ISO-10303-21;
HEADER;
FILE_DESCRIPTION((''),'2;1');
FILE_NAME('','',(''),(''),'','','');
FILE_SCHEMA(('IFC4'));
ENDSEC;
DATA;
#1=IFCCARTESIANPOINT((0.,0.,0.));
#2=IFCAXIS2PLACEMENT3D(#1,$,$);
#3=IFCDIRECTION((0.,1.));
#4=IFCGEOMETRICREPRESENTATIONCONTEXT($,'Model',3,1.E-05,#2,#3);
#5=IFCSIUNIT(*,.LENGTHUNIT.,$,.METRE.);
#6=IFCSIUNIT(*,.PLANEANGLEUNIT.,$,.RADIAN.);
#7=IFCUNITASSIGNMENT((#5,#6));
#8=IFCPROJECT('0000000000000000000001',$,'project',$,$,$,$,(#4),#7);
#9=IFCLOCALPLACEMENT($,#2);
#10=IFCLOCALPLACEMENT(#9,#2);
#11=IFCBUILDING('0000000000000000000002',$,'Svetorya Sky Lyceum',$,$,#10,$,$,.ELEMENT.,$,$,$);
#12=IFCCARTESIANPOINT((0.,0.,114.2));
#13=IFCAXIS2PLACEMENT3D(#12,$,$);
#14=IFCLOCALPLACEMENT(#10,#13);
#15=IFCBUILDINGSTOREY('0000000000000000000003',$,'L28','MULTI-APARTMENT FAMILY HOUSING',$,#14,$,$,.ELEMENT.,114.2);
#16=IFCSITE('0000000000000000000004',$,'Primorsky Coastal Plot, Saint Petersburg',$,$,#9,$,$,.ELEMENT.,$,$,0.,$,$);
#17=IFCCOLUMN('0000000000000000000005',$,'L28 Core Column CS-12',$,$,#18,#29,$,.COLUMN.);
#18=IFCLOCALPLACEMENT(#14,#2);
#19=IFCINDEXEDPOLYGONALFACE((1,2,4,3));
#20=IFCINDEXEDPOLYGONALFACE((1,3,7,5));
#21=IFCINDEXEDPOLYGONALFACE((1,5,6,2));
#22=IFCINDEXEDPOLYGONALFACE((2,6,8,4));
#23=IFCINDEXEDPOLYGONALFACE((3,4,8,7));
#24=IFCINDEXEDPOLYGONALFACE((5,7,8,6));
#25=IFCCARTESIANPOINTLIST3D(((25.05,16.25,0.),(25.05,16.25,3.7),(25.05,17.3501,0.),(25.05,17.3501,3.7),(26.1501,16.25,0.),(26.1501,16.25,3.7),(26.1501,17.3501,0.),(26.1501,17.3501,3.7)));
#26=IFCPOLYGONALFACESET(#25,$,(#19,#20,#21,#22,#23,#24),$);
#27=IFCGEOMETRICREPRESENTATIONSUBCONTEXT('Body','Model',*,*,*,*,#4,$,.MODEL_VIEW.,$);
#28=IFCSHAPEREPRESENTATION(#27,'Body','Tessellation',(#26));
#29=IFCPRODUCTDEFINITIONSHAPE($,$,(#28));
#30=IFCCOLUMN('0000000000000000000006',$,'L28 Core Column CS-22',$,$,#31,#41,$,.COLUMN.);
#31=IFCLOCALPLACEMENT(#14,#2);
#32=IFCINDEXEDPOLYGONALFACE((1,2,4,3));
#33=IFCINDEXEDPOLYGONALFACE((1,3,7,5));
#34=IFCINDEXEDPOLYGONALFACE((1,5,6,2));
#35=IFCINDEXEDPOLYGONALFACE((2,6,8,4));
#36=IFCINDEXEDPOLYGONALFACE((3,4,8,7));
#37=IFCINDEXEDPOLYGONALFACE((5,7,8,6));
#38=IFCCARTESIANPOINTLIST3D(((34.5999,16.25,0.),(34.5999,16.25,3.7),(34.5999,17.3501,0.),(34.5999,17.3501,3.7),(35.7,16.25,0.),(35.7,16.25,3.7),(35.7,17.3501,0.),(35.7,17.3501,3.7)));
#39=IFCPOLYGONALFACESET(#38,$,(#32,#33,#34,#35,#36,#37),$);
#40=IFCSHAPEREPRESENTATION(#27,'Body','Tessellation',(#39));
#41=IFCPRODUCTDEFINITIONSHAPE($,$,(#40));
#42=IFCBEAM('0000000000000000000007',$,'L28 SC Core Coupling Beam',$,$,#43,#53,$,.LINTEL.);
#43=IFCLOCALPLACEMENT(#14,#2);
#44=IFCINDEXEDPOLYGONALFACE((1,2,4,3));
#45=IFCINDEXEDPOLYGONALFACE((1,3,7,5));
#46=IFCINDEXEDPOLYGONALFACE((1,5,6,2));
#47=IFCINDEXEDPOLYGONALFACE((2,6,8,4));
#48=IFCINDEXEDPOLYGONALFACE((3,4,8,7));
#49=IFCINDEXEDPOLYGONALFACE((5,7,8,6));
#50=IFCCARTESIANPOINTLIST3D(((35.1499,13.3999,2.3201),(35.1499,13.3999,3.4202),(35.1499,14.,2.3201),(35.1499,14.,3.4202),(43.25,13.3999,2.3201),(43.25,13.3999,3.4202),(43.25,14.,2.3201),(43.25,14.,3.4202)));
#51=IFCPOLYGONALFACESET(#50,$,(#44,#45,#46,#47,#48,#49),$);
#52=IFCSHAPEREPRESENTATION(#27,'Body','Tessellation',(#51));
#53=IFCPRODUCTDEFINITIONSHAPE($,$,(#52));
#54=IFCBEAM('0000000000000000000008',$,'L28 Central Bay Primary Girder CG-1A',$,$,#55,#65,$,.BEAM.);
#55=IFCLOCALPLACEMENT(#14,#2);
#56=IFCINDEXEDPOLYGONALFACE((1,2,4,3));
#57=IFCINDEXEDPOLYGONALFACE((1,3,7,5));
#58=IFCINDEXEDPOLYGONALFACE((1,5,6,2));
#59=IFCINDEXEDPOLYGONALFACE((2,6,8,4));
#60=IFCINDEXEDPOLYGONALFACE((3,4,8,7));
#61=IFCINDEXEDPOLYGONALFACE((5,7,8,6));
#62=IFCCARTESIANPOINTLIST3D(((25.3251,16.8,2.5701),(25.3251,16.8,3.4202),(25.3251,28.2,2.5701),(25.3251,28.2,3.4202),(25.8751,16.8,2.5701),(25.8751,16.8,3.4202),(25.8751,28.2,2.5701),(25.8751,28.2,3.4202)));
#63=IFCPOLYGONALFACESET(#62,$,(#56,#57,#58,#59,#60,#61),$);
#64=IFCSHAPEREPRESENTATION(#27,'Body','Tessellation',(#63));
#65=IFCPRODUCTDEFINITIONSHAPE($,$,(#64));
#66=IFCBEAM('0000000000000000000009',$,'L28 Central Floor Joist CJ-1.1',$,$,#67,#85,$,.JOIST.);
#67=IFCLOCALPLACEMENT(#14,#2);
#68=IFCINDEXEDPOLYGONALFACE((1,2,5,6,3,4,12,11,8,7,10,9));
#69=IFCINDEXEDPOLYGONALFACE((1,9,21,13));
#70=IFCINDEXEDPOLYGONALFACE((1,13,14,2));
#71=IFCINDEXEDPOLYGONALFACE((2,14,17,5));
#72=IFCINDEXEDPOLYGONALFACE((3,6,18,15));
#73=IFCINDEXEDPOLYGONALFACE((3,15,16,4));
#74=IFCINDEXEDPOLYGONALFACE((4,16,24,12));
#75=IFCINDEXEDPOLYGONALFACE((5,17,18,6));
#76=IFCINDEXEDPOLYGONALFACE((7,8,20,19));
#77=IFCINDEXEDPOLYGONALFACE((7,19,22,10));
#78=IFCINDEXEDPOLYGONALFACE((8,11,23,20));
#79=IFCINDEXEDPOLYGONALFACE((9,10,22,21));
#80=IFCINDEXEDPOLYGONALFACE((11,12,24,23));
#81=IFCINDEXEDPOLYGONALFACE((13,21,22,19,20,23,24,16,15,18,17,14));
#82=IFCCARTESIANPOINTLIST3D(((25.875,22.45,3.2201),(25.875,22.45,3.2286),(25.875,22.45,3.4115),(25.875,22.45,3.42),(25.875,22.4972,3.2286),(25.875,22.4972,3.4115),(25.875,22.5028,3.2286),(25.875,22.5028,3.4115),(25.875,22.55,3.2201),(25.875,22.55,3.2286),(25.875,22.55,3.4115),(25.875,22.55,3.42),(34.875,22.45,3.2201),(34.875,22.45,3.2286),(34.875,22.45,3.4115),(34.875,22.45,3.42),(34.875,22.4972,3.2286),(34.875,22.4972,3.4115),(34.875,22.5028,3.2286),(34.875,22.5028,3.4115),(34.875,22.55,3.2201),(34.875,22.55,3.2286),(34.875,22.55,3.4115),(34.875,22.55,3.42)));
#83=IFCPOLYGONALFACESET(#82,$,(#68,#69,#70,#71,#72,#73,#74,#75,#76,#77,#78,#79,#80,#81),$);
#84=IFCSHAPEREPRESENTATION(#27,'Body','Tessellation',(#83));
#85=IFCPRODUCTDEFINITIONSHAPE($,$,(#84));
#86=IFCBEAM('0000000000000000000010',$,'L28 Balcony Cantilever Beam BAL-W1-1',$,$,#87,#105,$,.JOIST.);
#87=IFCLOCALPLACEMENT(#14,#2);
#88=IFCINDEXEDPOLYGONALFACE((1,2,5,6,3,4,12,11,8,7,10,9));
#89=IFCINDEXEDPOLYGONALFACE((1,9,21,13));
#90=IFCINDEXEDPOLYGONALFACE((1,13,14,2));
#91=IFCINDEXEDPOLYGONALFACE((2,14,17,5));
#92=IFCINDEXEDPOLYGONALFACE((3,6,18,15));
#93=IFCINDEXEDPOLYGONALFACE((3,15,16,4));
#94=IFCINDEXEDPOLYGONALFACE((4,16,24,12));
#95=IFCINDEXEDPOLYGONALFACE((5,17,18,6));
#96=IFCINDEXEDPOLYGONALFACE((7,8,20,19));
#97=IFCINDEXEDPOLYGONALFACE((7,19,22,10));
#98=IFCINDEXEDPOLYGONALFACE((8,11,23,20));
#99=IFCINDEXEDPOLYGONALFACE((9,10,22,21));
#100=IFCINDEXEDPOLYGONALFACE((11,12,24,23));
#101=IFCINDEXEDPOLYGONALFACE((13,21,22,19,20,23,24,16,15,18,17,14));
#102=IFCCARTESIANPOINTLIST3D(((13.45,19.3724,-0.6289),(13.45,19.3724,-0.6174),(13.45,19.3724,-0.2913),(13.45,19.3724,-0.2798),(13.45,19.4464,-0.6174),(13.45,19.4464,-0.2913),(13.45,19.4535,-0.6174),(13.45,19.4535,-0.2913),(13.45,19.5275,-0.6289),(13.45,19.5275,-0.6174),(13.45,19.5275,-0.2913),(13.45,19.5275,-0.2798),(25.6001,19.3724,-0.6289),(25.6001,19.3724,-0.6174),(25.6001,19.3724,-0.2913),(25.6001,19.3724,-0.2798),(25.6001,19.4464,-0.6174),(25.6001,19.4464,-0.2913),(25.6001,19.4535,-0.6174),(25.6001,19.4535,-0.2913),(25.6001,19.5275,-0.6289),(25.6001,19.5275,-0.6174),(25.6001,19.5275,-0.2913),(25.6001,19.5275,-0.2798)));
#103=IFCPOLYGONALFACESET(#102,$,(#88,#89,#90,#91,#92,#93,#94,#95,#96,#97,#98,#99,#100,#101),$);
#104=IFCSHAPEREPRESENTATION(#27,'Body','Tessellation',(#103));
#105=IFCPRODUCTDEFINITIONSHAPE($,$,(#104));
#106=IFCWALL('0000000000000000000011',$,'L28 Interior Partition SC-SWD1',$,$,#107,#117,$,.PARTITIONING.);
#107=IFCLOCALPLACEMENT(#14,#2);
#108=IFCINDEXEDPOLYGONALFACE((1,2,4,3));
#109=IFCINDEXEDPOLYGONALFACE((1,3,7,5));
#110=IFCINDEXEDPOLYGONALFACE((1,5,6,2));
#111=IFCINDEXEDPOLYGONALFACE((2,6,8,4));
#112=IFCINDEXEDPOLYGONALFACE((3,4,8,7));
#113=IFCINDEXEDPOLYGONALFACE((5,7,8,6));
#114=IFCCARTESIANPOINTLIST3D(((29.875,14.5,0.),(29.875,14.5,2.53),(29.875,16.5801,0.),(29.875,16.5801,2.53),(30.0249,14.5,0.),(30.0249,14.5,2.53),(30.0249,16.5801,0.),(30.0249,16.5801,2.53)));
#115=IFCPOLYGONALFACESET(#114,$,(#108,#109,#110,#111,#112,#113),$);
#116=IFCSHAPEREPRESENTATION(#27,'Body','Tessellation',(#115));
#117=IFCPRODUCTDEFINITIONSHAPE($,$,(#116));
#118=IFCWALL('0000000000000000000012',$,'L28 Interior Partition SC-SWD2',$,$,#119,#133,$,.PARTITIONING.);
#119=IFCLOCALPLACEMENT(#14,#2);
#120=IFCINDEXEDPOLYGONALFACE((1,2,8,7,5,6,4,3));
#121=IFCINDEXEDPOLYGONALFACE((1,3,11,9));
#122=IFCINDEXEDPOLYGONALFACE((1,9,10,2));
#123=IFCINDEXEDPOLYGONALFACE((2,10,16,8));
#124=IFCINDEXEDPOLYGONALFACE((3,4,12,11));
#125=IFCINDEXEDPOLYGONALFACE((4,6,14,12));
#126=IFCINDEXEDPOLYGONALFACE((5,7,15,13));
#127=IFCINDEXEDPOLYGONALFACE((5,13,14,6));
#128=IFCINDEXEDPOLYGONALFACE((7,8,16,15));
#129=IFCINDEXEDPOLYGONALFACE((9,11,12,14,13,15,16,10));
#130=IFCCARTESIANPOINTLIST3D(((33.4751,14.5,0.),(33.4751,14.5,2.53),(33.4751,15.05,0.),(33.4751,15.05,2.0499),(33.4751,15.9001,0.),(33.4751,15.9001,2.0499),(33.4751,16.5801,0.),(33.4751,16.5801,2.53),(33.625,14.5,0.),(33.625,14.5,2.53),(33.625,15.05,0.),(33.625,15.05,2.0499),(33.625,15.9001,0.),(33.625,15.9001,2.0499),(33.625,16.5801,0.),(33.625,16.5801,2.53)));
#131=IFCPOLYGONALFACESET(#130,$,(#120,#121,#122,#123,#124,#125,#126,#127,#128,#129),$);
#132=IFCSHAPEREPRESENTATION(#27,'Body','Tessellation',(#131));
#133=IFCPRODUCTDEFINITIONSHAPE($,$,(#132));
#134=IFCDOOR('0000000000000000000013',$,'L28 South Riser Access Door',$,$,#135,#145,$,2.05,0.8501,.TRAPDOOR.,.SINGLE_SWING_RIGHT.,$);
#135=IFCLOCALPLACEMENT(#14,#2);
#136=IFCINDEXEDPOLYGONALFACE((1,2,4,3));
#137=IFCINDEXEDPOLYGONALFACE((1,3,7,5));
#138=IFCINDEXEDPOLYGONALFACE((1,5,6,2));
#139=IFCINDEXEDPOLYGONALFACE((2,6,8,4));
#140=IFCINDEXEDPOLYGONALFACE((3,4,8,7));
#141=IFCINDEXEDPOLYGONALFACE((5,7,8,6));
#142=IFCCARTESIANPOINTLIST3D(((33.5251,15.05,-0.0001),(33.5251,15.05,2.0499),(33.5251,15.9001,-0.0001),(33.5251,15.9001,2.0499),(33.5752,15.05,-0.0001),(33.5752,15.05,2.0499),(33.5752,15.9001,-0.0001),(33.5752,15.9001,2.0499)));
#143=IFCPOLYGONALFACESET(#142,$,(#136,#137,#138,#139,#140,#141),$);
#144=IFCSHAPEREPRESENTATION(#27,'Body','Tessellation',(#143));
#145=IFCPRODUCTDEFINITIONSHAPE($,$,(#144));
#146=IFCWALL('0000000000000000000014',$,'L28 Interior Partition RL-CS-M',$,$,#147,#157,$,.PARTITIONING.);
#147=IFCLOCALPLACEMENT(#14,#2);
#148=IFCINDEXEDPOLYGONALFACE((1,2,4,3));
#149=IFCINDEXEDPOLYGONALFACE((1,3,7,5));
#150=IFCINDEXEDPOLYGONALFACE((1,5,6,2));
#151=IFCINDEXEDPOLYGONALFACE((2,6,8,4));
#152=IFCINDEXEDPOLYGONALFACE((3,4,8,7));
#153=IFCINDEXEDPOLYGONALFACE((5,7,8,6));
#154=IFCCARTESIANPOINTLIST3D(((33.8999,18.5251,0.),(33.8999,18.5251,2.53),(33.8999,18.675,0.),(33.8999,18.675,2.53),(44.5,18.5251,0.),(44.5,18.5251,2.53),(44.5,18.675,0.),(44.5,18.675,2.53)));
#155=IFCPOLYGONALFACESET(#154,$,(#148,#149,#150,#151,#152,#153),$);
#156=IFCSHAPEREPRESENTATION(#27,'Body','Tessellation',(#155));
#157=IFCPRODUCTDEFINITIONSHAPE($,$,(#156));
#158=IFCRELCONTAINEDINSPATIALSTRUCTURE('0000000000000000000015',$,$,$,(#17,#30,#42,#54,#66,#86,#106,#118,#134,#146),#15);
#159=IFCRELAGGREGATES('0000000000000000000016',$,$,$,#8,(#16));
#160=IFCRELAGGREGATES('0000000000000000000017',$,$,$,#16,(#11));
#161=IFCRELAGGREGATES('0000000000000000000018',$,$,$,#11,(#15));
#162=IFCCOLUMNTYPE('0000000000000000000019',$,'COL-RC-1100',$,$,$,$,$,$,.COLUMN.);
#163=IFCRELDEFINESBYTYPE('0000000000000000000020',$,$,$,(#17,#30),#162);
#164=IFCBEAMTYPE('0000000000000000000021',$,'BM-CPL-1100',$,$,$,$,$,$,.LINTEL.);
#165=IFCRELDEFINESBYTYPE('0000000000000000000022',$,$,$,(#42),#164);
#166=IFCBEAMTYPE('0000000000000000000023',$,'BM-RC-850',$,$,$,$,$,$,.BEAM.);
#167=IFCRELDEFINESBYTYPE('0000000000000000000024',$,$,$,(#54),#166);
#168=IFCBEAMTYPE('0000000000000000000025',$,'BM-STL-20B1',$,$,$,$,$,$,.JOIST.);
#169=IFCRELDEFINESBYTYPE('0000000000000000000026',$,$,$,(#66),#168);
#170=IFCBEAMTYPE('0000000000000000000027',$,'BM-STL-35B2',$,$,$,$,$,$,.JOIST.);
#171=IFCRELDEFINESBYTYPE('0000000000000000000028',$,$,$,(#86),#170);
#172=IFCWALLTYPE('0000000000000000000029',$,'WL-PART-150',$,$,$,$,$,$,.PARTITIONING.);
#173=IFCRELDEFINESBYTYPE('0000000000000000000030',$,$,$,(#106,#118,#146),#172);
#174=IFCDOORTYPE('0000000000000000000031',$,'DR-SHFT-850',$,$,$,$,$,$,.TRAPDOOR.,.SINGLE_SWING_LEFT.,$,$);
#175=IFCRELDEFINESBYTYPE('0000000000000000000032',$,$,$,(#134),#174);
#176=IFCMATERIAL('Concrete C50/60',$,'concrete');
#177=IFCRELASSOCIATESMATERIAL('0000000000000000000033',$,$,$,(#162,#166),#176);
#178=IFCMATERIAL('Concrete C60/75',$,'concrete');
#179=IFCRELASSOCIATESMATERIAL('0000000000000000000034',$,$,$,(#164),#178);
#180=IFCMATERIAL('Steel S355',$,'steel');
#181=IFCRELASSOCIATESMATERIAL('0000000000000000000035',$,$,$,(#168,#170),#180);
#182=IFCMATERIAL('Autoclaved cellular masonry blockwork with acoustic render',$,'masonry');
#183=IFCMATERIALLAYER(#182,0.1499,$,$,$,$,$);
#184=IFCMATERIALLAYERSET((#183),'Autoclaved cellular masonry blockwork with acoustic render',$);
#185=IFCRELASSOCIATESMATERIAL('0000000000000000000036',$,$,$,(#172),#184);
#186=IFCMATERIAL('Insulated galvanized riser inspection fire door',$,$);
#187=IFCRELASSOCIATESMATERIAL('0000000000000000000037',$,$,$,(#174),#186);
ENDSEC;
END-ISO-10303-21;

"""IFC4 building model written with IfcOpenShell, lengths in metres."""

from ifc_helpers import new_model, si_unit, direction, frame, frame_2d, origin, origin_2d, place, context, subcontext, project, spatial, rectangle, i_section, extrude, material, layer, layer_set, material_profile, profile_set, type_object, element, fill, save


model = new_model("IFC4")

# Units and contexts
model_context = context("Model", 3, precision=1e-05, world=origin(), true_north=direction((0.0, 1.0)))
body_context = subcontext(model_context, "Body", "Model", "MODEL_VIEW")
ifc_project = project(units=[si_unit("LENGTHUNIT", "METRE"), si_unit("PLANEANGLEUNIT", "RADIAN")], contexts=[model_context])

# Site, building, storey
site_placement = place(None, origin())
site = spatial("IfcSite", under=ifc_project, at=site_placement, Name="Primorsky Coastal Plot, Saint Petersburg", CompositionType="ELEMENT", RefElevation=0.0)
building_placement = place(site_placement, origin())
building = spatial("IfcBuilding", under=site, at=building_placement, Name="Svetorya Sky Lyceum", CompositionType="ELEMENT")
storey_placement = place(building_placement, frame((0.0, 0.0, 114.2)))
storey = spatial("IfcBuildingStorey", under=building, at=storey_placement, Name="L28", Description="MULTI-APARTMENT FAMILY HOUSING", CompositionType="ELEMENT", Elevation=114.2)

# Columns
ifc_material_1 = material(Name="Concrete C50/60", Category="concrete")
ifc_material_profile_1 = material_profile(ifc_material_1, rectangle(XDim=1.1001, YDim=1.1001, at=origin_2d()), Name="RC COL 1100x1100")
ifc_profile_set_1 = profile_set([ifc_material_profile_1], Name="Concrete C50/60")
column_type = type_object("IfcColumnType", Name="COL-RC-1100", PredefinedType="COLUMN", material=ifc_profile_set_1)
for number, where, z_axis, x_axis, name in (
    (1, (25.6001, 16.8, 0.0), (0.0, 0.0, 1.0), (1.0, 0.0, 0.0), "L28 Core Column CS-12"),
    (2, (35.1499, 16.8, 0.0), (0.0, 0.0, 1.0), (1.0, 0.0, 0.0), "L28 Core Column CS-22"),
):
    element("IfcColumn", number, at=place(storey_placement, frame(where, z_axis=z_axis, x_axis=x_axis)), inside=storey, type_object=column_type, Name=name, PredefinedType="COLUMN", context=body_context, shape_type="SweptSolid", body=[
        extrude(rectangle(XDim=1.1001, YDim=1.1001, at=origin_2d()), origin(), (0.0, 0.0, 1.0), 3.7),
    ])

# Beams
ifc_material_2 = material(Name="Concrete C60/75", Category="concrete")
ifc_material_profile_2 = material_profile(ifc_material_2, rectangle(XDim=0.6001, YDim=1.1001, at=origin_2d()), Name="RC COUPLING 600x1100")
ifc_profile_set_2 = profile_set([ifc_material_profile_2], Name="Concrete C60/75")
beam_type_1 = type_object("IfcBeamType", Name="BM-CPL-1100", PredefinedType="LINTEL", material=ifc_profile_set_2)
beam_1_placement = place(storey_placement, frame((35.1499, 13.7, 2.8701), z_axis=(1.0, 0.0, 0.0), x_axis=(0.0, 1.0, 0.0)))
element("IfcBeam", 3, at=beam_1_placement, inside=storey, type_object=beam_type_1, Name="L28 SC Core Coupling Beam", PredefinedType="LINTEL", context=body_context, shape_type="SweptSolid", body=[
    extrude(rectangle(XDim=0.6001, YDim=1.1001, at=origin_2d()), origin(), (0.0, 0.0, 1.0), 8.1001),
])
ifc_material_profile_3 = material_profile(ifc_material_1, rectangle(XDim=0.55, YDim=0.8501, at=origin_2d()), Name="RC BEAM 550x850")
ifc_profile_set_3 = profile_set([ifc_material_profile_3], Name="Concrete C50/60")
beam_type_2 = type_object("IfcBeamType", Name="BM-RC-850", PredefinedType="BEAM", material=ifc_profile_set_3)
beam_2_placement = place(storey_placement, frame((25.6001, 16.8, 2.9951), z_axis=(0.0, 1.0, 0.0), x_axis=(-1.0, 0.0, 0.0)))
element("IfcBeam", 4, at=beam_2_placement, inside=storey, type_object=beam_type_2, Name="L28 Central Bay Primary Girder CG-1A", PredefinedType="BEAM", context=body_context, shape_type="SweptSolid", body=[
    extrude(rectangle(XDim=0.55, YDim=0.8501, at=origin_2d()), origin(), (0.0, 0.0, 1.0), 11.3999),
])
ifc_material_3 = material(Name="Steel S355", Category="steel")
ifc_material_profile_4 = material_profile(ifc_material_3, i_section(OverallWidth=0.1001, OverallDepth=0.2, WebThickness=0.0056, FlangeThickness=0.0085, at=origin_2d()), Name="GOST 20B1")
ifc_profile_set_4 = profile_set([ifc_material_profile_4], Name="Steel S355")
beam_type_3 = type_object("IfcBeamType", Name="BM-STL-20B1", PredefinedType="JOIST", material=ifc_profile_set_4)
beam_3_placement = place(storey_placement, frame((25.875, 22.5, 3.3201), z_axis=(1.0, 0.0, 0.0), x_axis=(0.0, 1.0, 0.0)))
element("IfcBeam", 5, at=beam_3_placement, inside=storey, type_object=beam_type_3, Name="L28 Central Floor Joist CJ-1.1", PredefinedType="JOIST", context=body_context, shape_type="SweptSolid", body=[
    extrude(i_section(OverallWidth=0.1001, OverallDepth=0.2, WebThickness=0.0056, FlangeThickness=0.0085, at=origin_2d()), origin(), (0.0, 0.0, 1.0), 9.0),
])
ifc_material_profile_5 = material_profile(ifc_material_3, i_section(OverallWidth=0.155, OverallDepth=0.3491, WebThickness=0.0071, FlangeThickness=0.0115, at=origin_2d()), Name="GOST 35B2")
ifc_profile_set_5 = profile_set([ifc_material_profile_5], Name="Steel S355")
beam_type_4 = type_object("IfcBeamType", Name="BM-STL-35B2", PredefinedType="JOIST", material=ifc_profile_set_5)
beam_4_placement = place(storey_placement, frame((25.6001, 19.45, -0.4543), z_axis=(-1.0, 0.0, 0.0), x_axis=(0.0, -1.0, 0.0)))
element("IfcBeam", 6, at=beam_4_placement, inside=storey, type_object=beam_type_4, Name="L28 Balcony Cantilever Beam BAL-W1-1", PredefinedType="JOIST", context=body_context, shape_type="SweptSolid", body=[
    extrude(i_section(OverallWidth=0.155, OverallDepth=0.3491, WebThickness=0.0071, FlangeThickness=0.0115, at=origin_2d()), origin(), (0.0, 0.0, 1.0), 12.1501),
])

# Wall
ifc_material_4 = material(Name="Autoclaved cellular masonry blockwork with acoustic render", Category="masonry")
ifc_layer_1 = layer(ifc_material_4, 0.1499)
ifc_layer_set_1 = layer_set([ifc_layer_1], Name="Autoclaved cellular masonry blockwork with acoustic render")
wall_type_1 = type_object("IfcWallType", Name="WL-PART-150", PredefinedType="PARTITIONING", material=ifc_layer_set_1)
wall_1_placement = place(storey_placement, frame((29.95, 14.5, 0.0), z_axis=(0.0, 0.0, 1.0), x_axis=(0.0, 1.0, 0.0)))
element("IfcWall", 7, at=wall_1_placement, inside=storey, type_object=wall_type_1, Name="L28 Interior Partition SC-SWD1", PredefinedType="PARTITIONING", context=body_context, shape_type="SweptSolid", body=[
    extrude(rectangle(XDim=2.0801, YDim=0.1499, at=frame_2d((1.04, 0.0))), origin(), (0.0, 0.0, 1.0), 2.53),
])

# Wall, opening, door
wall_2_placement = place(storey_placement, frame((33.55, 14.5, 0.0), z_axis=(0.0, 0.0, 1.0), x_axis=(0.0, 1.0, 0.0)))
wall_2 = element("IfcWall", 8, at=wall_2_placement, inside=storey, type_object=wall_type_1, Name="L28 Interior Partition SC-SWD2", PredefinedType="PARTITIONING", context=body_context, shape_type="SweptSolid", body=[
    extrude(rectangle(XDim=2.0801, YDim=0.1499, at=frame_2d((1.04, 0.0))), origin(), (0.0, 0.0, 1.0), 2.53),
])
opening_1_placement = place(wall_2_placement, frame((0.55, 0.0, 0.0)))
opening_1 = element("IfcOpeningElement", 9, at=opening_1_placement, cuts=wall_2, PredefinedType="OPENING", context=body_context, shape_type="SweptSolid", body=[
    extrude(rectangle(XDim=0.8501, YDim=2.05, at=frame_2d((0.425, 1.0249))), frame((0.0, 0.085, 0.0), z_axis=(0.0, -1.0, 0.0), x_axis=(1.0, 0.0, 0.0)), (0.0, 0.0, 1.0), 0.1699),
])
ifc_material_5 = material(Name="Insulated galvanized riser inspection fire door")
door_type_1 = type_object("IfcDoorType", Name="DR-SHFT-850", OperationType="SINGLE_SWING_LEFT", PredefinedType="TRAPDOOR", material=ifc_material_5)
door_1_placement = place(opening_1_placement, origin())
door_1 = element("IfcDoor", 10, at=door_1_placement, inside=storey, type_object=door_type_1, Name="L28 South Riser Access Door", OperationType="SINGLE_SWING_RIGHT", OverallHeight=2.05, OverallWidth=0.8501, PredefinedType="TRAPDOOR", context=body_context, shape_type="SweptSolid", body=[
    extrude(rectangle(XDim=0.8501, YDim=2.05, at=frame_2d((0.425, 1.0249))), frame((0.0, 0.0249, 0.0), z_axis=(0.0, -1.0, 0.0), x_axis=(1.0, 0.0, 0.0)), (0.0, 0.0, 1.0), 0.05),
])
fill(opening_1, door_1)

# Wall
wall_3_placement = place(storey_placement, frame((33.8999, 18.6001, 0.0), z_axis=(0.0, 0.0, 1.0), x_axis=(1.0, 0.0, 0.0)))
element("IfcWall", 11, at=wall_3_placement, inside=storey, type_object=wall_type_1, Name="L28 Interior Partition RL-CS-M", PredefinedType="PARTITIONING", context=body_context, shape_type="SweptSolid", body=[
    extrude(rectangle(XDim=10.6001, YDim=0.1499, at=frame_2d((5.3, 0.0))), origin(), (0.0, 0.0, 1.0), 2.53),
])

save(model, "model.ifc")
